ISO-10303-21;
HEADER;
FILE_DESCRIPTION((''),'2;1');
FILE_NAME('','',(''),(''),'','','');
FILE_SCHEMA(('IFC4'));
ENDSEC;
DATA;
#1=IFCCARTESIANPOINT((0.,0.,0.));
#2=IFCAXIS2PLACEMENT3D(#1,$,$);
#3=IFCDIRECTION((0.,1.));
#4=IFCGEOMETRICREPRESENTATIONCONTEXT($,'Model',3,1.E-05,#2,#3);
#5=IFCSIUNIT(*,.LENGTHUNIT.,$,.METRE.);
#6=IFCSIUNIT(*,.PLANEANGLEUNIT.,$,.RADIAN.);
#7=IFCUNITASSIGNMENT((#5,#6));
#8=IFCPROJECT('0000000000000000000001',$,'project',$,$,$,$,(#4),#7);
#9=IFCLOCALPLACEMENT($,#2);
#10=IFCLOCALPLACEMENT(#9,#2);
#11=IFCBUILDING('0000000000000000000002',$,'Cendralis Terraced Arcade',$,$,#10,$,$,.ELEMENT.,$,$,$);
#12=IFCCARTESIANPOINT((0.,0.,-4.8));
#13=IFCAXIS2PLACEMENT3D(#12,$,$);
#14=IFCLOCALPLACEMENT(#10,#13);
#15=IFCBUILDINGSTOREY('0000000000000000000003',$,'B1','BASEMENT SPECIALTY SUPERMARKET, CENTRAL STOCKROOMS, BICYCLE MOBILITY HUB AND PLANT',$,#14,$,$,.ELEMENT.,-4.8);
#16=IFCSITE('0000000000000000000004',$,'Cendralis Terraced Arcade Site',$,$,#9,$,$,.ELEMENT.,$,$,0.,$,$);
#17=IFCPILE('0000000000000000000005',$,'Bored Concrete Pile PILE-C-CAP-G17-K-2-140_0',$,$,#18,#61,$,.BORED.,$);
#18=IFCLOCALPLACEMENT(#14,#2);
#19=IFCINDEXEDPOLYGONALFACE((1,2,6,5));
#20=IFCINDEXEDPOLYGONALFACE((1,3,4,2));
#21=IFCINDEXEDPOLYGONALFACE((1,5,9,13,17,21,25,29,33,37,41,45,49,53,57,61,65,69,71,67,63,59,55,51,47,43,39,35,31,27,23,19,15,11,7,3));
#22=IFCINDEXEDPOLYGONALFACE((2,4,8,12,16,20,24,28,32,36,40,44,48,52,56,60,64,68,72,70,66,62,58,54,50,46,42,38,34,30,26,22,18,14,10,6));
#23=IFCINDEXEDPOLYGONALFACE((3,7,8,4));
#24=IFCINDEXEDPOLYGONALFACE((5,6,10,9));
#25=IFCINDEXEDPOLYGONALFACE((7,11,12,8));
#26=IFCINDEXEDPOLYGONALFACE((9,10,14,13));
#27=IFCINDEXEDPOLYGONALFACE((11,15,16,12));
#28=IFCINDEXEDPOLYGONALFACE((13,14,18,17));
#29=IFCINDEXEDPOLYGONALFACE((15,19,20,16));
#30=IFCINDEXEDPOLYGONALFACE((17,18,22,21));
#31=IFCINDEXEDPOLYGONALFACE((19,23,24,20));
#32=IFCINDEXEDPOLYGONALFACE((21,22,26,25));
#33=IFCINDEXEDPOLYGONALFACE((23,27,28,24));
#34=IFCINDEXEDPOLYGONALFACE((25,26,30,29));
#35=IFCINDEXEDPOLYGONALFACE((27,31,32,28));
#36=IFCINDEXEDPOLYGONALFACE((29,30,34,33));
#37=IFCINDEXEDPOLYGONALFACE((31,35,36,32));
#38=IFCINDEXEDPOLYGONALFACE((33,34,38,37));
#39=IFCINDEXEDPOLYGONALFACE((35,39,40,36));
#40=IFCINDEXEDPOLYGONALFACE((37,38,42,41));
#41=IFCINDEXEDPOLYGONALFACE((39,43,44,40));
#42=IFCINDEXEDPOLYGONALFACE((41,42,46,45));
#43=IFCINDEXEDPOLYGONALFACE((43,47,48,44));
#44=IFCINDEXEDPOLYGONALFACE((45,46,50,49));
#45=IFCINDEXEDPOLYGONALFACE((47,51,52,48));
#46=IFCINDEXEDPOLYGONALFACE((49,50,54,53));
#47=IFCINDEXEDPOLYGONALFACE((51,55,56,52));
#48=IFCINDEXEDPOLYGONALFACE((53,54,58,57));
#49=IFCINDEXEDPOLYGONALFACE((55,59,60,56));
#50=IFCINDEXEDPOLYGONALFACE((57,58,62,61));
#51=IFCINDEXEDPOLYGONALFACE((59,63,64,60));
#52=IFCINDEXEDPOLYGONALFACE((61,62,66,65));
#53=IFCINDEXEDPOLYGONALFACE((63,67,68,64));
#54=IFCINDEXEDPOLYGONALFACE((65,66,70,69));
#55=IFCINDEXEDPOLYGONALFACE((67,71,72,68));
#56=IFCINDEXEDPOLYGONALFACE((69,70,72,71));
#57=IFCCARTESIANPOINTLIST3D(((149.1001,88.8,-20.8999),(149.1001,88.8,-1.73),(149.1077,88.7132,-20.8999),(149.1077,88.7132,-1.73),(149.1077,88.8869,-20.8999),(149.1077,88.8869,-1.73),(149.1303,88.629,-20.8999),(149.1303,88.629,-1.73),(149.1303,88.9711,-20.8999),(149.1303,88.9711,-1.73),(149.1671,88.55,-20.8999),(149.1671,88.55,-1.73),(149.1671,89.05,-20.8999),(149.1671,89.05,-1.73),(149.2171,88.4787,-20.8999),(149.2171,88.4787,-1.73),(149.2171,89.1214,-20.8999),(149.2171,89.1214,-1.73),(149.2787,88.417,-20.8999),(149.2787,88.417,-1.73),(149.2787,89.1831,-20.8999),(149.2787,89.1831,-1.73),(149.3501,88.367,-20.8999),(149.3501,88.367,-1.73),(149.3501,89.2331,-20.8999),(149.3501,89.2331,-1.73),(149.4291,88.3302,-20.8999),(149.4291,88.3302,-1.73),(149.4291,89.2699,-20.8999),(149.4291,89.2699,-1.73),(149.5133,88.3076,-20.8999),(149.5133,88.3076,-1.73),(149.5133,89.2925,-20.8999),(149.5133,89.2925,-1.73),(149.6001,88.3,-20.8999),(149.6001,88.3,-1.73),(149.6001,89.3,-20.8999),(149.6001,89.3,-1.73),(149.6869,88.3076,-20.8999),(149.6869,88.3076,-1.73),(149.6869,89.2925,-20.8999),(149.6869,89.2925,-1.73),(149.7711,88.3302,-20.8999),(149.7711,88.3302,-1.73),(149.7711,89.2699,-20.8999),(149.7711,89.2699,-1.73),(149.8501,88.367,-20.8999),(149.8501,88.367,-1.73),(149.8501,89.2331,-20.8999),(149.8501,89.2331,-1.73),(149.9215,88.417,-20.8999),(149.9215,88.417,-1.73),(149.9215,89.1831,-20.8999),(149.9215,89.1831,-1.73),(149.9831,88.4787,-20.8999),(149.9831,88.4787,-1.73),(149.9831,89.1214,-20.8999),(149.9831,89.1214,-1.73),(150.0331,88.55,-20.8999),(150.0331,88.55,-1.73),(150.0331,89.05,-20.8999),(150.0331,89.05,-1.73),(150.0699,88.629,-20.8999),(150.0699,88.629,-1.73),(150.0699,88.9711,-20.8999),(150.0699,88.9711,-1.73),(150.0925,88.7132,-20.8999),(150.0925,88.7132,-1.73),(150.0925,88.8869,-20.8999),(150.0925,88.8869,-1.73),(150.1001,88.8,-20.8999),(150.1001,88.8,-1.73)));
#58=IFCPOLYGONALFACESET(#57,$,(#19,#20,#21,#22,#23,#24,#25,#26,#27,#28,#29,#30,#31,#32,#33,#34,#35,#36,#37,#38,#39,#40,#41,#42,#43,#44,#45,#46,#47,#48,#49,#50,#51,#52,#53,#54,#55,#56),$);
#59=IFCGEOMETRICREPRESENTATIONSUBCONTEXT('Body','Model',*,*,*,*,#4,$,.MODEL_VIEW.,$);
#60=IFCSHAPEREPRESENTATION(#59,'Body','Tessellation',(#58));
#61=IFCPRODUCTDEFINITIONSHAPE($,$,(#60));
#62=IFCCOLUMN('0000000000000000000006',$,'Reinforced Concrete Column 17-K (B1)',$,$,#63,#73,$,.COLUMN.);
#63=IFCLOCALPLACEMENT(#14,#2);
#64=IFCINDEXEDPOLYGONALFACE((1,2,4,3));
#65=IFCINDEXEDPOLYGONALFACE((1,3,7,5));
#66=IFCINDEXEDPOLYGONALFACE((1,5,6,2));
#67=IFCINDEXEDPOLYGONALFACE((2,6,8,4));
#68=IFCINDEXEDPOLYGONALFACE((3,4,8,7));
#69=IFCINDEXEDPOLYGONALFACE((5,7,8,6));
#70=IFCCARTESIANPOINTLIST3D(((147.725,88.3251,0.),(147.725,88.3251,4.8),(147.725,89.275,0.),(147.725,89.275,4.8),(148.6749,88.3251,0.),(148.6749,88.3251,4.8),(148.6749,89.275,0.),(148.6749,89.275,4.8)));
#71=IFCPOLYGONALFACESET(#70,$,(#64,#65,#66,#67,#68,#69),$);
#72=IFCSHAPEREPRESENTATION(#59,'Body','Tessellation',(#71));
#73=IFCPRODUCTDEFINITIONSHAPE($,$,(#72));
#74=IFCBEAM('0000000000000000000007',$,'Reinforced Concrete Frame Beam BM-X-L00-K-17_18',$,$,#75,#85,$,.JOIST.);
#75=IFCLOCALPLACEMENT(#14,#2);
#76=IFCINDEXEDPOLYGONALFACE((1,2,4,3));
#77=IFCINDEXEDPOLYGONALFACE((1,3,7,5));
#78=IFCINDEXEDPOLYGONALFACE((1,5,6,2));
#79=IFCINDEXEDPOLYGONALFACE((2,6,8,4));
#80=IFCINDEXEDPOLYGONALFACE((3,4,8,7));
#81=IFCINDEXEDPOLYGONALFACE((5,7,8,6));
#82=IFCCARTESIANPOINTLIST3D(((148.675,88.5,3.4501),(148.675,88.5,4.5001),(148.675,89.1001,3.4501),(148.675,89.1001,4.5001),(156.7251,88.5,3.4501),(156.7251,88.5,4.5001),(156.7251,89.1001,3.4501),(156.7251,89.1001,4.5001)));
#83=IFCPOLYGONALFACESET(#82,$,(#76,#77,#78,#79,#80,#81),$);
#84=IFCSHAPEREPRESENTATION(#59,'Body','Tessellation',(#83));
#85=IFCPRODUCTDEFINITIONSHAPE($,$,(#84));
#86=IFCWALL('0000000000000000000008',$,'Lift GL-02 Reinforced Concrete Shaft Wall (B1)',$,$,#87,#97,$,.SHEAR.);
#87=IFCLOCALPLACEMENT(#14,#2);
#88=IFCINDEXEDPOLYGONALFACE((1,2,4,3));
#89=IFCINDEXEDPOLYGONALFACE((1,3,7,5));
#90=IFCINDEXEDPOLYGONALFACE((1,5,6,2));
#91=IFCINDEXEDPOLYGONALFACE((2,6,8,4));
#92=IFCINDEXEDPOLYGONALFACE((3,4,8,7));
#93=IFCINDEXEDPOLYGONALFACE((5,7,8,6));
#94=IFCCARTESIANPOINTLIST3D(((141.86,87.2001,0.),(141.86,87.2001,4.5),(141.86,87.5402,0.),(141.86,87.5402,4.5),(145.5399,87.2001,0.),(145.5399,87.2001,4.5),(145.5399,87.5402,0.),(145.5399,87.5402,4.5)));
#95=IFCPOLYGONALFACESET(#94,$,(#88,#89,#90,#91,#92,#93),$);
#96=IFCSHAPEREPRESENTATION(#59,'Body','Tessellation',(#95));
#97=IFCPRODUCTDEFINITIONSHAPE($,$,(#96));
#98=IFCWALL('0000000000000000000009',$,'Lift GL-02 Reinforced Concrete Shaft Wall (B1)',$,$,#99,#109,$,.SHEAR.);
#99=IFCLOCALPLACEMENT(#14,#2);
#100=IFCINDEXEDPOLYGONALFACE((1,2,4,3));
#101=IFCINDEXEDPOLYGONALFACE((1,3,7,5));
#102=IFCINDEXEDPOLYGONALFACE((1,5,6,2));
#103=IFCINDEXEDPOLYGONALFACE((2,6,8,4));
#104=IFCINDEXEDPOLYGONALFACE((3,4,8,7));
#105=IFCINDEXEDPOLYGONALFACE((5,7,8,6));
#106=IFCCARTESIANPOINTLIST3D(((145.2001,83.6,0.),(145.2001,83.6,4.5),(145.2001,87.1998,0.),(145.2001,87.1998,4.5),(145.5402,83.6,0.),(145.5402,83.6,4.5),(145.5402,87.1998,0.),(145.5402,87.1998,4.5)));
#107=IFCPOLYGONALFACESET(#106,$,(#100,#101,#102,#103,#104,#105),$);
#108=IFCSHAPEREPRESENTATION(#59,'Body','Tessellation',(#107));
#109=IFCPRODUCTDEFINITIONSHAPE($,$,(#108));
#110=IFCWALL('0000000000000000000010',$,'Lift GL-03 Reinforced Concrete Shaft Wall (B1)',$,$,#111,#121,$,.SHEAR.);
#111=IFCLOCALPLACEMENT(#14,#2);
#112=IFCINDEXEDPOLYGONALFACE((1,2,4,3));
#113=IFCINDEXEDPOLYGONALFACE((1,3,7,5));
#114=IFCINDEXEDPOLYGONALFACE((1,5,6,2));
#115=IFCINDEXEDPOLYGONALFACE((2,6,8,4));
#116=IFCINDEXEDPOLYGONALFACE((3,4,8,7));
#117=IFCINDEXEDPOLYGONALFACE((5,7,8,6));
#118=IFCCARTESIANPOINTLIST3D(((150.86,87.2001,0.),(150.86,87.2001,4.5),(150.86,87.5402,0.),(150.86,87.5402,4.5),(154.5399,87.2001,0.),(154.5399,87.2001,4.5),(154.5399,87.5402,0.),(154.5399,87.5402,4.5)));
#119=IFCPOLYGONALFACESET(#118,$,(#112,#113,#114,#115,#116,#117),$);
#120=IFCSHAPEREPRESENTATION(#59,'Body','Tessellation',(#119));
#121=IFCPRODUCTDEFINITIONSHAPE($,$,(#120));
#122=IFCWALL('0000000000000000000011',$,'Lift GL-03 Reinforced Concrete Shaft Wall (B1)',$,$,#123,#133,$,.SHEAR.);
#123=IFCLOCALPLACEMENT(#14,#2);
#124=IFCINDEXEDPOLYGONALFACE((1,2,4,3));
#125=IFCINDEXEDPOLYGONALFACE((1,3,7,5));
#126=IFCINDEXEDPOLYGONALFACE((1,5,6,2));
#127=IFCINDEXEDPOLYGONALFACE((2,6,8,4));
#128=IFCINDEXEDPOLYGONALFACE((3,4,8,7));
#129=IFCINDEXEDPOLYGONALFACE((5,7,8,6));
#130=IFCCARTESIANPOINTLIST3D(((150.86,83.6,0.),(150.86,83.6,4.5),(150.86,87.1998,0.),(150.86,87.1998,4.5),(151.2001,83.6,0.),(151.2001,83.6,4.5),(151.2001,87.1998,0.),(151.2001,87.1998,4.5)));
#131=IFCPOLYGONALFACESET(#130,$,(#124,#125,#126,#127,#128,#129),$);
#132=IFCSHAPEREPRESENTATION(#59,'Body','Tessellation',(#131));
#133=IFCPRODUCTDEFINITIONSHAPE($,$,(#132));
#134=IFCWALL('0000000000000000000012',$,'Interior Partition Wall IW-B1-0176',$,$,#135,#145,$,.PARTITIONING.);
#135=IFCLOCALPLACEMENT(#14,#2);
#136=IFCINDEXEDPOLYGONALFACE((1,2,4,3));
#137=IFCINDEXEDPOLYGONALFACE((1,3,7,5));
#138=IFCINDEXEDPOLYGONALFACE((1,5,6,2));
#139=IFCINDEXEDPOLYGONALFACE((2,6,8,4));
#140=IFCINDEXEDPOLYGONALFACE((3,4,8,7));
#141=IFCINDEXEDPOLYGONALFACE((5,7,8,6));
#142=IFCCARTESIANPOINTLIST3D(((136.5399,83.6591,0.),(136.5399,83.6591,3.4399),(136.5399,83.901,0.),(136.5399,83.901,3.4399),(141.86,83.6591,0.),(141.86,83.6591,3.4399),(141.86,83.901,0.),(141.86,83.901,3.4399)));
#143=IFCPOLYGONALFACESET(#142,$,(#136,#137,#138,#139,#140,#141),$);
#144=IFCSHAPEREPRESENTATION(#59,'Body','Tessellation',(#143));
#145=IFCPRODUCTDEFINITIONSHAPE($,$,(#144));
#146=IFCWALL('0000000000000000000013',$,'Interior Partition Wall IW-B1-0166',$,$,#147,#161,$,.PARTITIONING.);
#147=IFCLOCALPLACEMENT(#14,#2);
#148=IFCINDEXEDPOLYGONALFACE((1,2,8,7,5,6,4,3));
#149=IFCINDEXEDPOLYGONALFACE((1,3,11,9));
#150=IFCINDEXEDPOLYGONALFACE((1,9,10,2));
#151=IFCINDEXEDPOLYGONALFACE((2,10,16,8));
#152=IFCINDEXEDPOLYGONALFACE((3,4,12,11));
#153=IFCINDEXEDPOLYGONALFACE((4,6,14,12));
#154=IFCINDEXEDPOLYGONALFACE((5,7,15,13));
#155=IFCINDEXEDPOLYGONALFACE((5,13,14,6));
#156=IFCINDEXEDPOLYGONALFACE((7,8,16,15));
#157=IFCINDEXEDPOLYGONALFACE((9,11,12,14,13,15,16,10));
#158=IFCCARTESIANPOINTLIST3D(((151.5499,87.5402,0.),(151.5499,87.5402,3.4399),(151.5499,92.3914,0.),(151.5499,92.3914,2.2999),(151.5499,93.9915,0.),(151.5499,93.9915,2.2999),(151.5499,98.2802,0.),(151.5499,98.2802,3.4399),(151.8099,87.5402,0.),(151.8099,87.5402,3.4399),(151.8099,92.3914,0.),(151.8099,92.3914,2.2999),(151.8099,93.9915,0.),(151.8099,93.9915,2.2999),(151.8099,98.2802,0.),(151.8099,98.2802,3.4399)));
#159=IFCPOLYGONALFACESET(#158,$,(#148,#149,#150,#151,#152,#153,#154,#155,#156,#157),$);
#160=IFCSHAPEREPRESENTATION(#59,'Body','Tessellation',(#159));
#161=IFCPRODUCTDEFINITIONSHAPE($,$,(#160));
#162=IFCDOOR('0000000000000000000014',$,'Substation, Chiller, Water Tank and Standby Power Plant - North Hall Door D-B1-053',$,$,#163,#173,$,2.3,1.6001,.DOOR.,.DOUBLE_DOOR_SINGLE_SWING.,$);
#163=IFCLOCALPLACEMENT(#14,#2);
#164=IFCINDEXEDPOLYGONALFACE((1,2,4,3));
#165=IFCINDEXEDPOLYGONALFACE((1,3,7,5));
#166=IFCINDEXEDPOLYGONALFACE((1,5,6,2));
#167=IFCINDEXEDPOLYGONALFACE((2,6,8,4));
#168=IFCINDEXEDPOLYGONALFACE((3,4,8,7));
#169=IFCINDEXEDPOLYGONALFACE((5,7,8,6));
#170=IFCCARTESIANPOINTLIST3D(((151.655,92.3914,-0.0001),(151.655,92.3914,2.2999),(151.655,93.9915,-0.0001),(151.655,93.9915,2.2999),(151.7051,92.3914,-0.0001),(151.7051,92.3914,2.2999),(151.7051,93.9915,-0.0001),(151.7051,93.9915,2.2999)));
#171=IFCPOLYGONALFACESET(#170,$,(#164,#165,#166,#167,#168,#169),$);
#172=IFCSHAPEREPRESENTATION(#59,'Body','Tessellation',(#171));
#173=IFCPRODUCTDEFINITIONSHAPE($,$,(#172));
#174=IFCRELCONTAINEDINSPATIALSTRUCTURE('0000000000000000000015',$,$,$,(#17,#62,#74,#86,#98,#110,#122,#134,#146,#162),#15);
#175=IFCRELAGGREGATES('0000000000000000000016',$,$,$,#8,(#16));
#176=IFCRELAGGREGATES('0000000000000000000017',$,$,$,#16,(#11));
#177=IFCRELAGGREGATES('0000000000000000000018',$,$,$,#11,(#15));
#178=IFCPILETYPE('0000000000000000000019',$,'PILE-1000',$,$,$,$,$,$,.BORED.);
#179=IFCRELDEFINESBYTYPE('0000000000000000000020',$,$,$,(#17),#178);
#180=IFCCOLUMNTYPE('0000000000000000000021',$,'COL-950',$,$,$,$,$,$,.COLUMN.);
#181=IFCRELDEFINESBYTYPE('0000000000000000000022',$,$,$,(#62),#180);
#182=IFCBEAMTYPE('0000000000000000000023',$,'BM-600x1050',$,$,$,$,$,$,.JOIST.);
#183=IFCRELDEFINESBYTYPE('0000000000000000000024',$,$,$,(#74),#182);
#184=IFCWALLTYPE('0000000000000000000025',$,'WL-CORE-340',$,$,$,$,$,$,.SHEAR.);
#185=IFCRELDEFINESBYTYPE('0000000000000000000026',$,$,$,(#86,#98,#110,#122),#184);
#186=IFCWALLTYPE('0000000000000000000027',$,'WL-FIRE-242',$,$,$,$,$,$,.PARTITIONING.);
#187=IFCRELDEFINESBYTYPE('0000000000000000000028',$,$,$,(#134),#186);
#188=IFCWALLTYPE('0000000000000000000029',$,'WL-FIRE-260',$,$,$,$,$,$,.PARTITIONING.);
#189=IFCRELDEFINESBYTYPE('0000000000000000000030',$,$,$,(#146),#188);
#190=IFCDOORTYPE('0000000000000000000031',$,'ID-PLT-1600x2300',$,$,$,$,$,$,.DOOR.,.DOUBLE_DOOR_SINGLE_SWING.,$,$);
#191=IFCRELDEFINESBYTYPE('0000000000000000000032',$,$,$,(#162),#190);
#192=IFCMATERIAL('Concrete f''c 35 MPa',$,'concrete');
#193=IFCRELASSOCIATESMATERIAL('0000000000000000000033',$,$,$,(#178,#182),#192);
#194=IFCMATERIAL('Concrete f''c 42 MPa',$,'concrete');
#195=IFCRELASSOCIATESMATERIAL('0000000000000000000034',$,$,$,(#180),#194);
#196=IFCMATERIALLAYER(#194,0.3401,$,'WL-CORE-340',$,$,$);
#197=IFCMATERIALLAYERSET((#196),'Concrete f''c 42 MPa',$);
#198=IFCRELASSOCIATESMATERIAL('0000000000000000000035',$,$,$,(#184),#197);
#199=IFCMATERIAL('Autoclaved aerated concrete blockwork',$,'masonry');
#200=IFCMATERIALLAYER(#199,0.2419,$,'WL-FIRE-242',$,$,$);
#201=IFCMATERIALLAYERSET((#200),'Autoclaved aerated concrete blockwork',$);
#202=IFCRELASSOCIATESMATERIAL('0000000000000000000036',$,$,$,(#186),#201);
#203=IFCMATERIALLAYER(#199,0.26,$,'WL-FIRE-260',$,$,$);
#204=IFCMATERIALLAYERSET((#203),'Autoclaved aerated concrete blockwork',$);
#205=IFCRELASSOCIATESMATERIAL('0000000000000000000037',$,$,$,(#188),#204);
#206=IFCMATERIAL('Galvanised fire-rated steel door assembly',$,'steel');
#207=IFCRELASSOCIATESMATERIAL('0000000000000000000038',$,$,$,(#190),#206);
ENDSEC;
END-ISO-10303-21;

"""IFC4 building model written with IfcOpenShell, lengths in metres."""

from ifc_helpers import new_model, si_unit, direction, frame, frame_2d, origin, origin_2d, place, context, subcontext, project, spatial, rectangle, circle, extrude, material, layer, layer_set, material_profile, profile_set, type_object, element, fill, save


model = new_model("IFC4")

# Units and contexts
model_context = context("Model", 3, precision=1e-05, world=origin(), true_north=direction((0.0, 1.0)))
body_context = subcontext(model_context, "Body", "Model", "MODEL_VIEW")
ifc_project = project(units=[si_unit("LENGTHUNIT", "METRE"), si_unit("PLANEANGLEUNIT", "RADIAN")], contexts=[model_context])

# Site, building, storey
site_placement = place(None, origin())
site = spatial("IfcSite", under=ifc_project, at=site_placement, Name="Cendralis Terraced Arcade Site", CompositionType="ELEMENT", RefElevation=0.0)
building_placement = place(site_placement, origin())
building = spatial("IfcBuilding", under=site, at=building_placement, Name="Cendralis Terraced Arcade", CompositionType="ELEMENT")
storey_placement = place(building_placement, frame((0.0, 0.0, -4.8)))
storey = spatial("IfcBuildingStorey", under=building, at=storey_placement, Name="B1", Description="BASEMENT SPECIALTY SUPERMARKET, CENTRAL STOCKROOMS, BICYCLE MOBILITY HUB AND PLANT", CompositionType="ELEMENT", Elevation=-4.8)

# Shared definitions
ifc_material_1 = material(Name="Concrete f'c 35 MPa", Category="concrete")

# Pile
ifc_material_profile_1 = material_profile(ifc_material_1, circle(Radius=0.5, at=origin_2d()), Name="PILE-D1000", Category="LoadBearing")
ifc_profile_set_1 = profile_set([ifc_material_profile_1], Name="Concrete f'c 35 MPa")
pile_type = type_object("IfcPileType", Name="PILE-1000", PredefinedType="BORED", material=ifc_profile_set_1)
for number, where, z_axis, x_axis, name in (
    (1, (149.6001, 88.8, -1.73), (0.0, 0.0, -1.0), (1.0, 0.0, 0.0), "Bored Concrete Pile PILE-C-CAP-G17-K-2-140_0"),
):
    element("IfcPile", number, at=place(storey_placement, frame(where, z_axis=z_axis, x_axis=x_axis)), inside=storey, type_object=pile_type, Name=name, PredefinedType="BORED", context=body_context, shape_type="SweptSolid", body=[
        extrude(circle(Radius=0.5, at=origin_2d()), origin(), (0.0, 0.0, 1.0), 19.1699),
    ])

# Column
ifc_material_2 = material(Name="Concrete f'c 42 MPa", Category="concrete")
ifc_material_profile_2 = material_profile(ifc_material_2, rectangle(XDim=0.95, YDim=0.95, at=origin_2d()), Name="RC-COL-950x950", Category="LoadBearing")
ifc_profile_set_2 = profile_set([ifc_material_profile_2], Name="Concrete f'c 42 MPa")
column_type = type_object("IfcColumnType", Name="COL-950", PredefinedType="COLUMN", material=ifc_profile_set_2)
column_placement = place(storey_placement, frame((148.2, 88.8, 0.0), z_axis=(0.0, 0.0, 1.0), x_axis=(1.0, 0.0, 0.0)))
element("IfcColumn", 2, at=column_placement, inside=storey, type_object=column_type, Name="Reinforced Concrete Column 17-K (B1)", PredefinedType="COLUMN", context=body_context, shape_type="SweptSolid", body=[
    extrude(rectangle(XDim=0.95, YDim=0.95, at=origin_2d()), origin(), (0.0, 0.0, 1.0), 4.8),
])

# Beam
ifc_material_profile_3 = material_profile(ifc_material_1, rectangle(XDim=0.6001, YDim=1.05, at=origin_2d()), Name="RC-BM-600x1050", Category="LoadBearing")
ifc_profile_set_3 = profile_set([ifc_material_profile_3], Name="Concrete f'c 35 MPa")
beam_type = type_object("IfcBeamType", Name="BM-600x1050", PredefinedType="JOIST", material=ifc_profile_set_3)
beam_placement = place(storey_placement, frame((148.675, 88.8, 3.9751), z_axis=(1.0, 0.0, 0.0), x_axis=(0.0, 1.0, 0.0)))
element("IfcBeam", 3, at=beam_placement, inside=storey, type_object=beam_type, Name="Reinforced Concrete Frame Beam BM-X-L00-K-17_18", PredefinedType="JOIST", context=body_context, shape_type="SweptSolid", body=[
    extrude(rectangle(XDim=0.6001, YDim=1.05, at=origin_2d()), origin(), (0.0, 0.0, 1.0), 8.05),
])

# Walls
ifc_layer_1 = layer(ifc_material_2, 0.3401, Name="WL-CORE-340")
ifc_layer_set_1 = layer_set([ifc_layer_1], Name="Concrete f'c 42 MPa")
wall_type_1 = type_object("IfcWallType", Name="WL-CORE-340", PredefinedType="SHEAR", material=ifc_layer_set_1)
wall_1_placement = place(storey_placement, frame((141.8601, 87.3701, 0.0), z_axis=(0.0, 0.0, 1.0), x_axis=(1.0, 0.0, 0.0)))
element("IfcWall", 4, at=wall_1_placement, inside=storey, type_object=wall_type_1, Name="Lift GL-02 Reinforced Concrete Shaft Wall (B1)", PredefinedType="SHEAR", context=body_context, shape_type="SweptSolid", body=[
    extrude(rectangle(XDim=3.6799, YDim=0.3401, at=frame_2d((1.8398, 0.0))), origin(), (0.0, 0.0, 1.0), 4.5),
])
wall_2_placement = place(storey_placement, frame((145.3701, 83.6001, 0.0), z_axis=(0.0, 0.0, 1.0), x_axis=(0.0, 1.0, 0.0)))
element("IfcWall", 5, at=wall_2_placement, inside=storey, type_object=wall_type_1, Name="Lift GL-02 Reinforced Concrete Shaft Wall (B1)", PredefinedType="SHEAR", context=body_context, shape_type="SweptSolid", body=[
    extrude(rectangle(XDim=3.5999, YDim=0.3401, at=frame_2d((1.7998, 0.0))), origin(), (0.0, 0.0, 1.0), 4.5),
])
wall_3_placement = place(storey_placement, frame((150.8601, 87.3701, 0.0), z_axis=(0.0, 0.0, 1.0), x_axis=(1.0, 0.0, 0.0)))
element("IfcWall", 6, at=wall_3_placement, inside=storey, type_object=wall_type_1, Name="Lift GL-03 Reinforced Concrete Shaft Wall (B1)", PredefinedType="SHEAR", context=body_context, shape_type="SweptSolid", body=[
    extrude(rectangle(XDim=3.6799, YDim=0.3401, at=frame_2d((1.8398, 0.0))), origin(), (0.0, 0.0, 1.0), 4.5),
])
wall_4_placement = place(storey_placement, frame((151.03, 83.6001, 0.0), z_axis=(0.0, 0.0, 1.0), x_axis=(0.0, 1.0, 0.0)))
element("IfcWall", 7, at=wall_4_placement, inside=storey, type_object=wall_type_1, Name="Lift GL-03 Reinforced Concrete Shaft Wall (B1)", PredefinedType="SHEAR", context=body_context, shape_type="SweptSolid", body=[
    extrude(rectangle(XDim=3.5999, YDim=0.3401, at=frame_2d((1.7998, 0.0))), origin(), (0.0, 0.0, 1.0), 4.5),
])
ifc_material_3 = material(Name="Autoclaved aerated concrete blockwork", Category="masonry")
ifc_layer_2 = layer(ifc_material_3, 0.2419, Name="WL-FIRE-242")
ifc_layer_set_2 = layer_set([ifc_layer_2], Name="Autoclaved aerated concrete blockwork")
wall_type_2 = type_object("IfcWallType", Name="WL-FIRE-242", PredefinedType="PARTITIONING", material=ifc_layer_set_2)
wall_5_placement = place(storey_placement, frame((141.8601, 83.78, 0.0), z_axis=(0.0, 0.0, 1.0), x_axis=(-1.0, 0.0, 0.0)))
element("IfcWall", 8, at=wall_5_placement, inside=storey, type_object=wall_type_2, Name="Interior Partition Wall IW-B1-0176", PredefinedType="PARTITIONING", context=body_context, shape_type="SweptSolid", body=[
    extrude(rectangle(XDim=5.3201, YDim=0.2419, at=frame_2d((2.6602, 0.0))), origin(), (0.0, 0.0, 1.0), 3.4399),
])

# Wall, opening, door
ifc_layer_3 = layer(ifc_material_3, 0.26, Name="WL-FIRE-260")
ifc_layer_set_3 = layer_set([ifc_layer_3], Name="Autoclaved aerated concrete blockwork")
wall_type_3 = type_object("IfcWallType", Name="WL-FIRE-260", PredefinedType="PARTITIONING", material=ifc_layer_set_3)
wall_6_placement = place(storey_placement, frame((151.6799, 87.54, 0.0), z_axis=(0.0, 0.0, 1.0), x_axis=(0.0, 1.0, 0.0)))
wall_6 = element("IfcWall", 9, at=wall_6_placement, inside=storey, type_object=wall_type_3, Name="Interior Partition Wall IW-B1-0166", PredefinedType="PARTITIONING", context=body_context, shape_type="SweptSolid", body=[
    extrude(rectangle(XDim=10.74, YDim=0.26, at=frame_2d((5.3701, 0.0))), origin(), (0.0, 0.0, 1.0), 3.4399),
])
opening_placement = place(wall_6_placement, frame((4.8513, 0.0, 0.0)))
opening = element("IfcOpeningElement", 10, at=opening_placement, cuts=wall_6, PredefinedType="OPENING", context=body_context, shape_type="SweptSolid", body=[
    extrude(rectangle(XDim=1.6001, YDim=2.3, at=frame_2d((0.8, 1.1499))), frame((0.0, 0.1421, 0.0), z_axis=(0.0, -1.0, 0.0), x_axis=(1.0, 0.0, 0.0)), (0.0, 0.0, 1.0), 0.2839),
])
ifc_material_4 = material(Name="Galvanised fire-rated steel door assembly", Category="steel")
door_type = type_object("IfcDoorType", Name="ID-PLT-1600x2300", OperationType="DOUBLE_DOOR_SINGLE_SWING", PredefinedType="DOOR", material=ifc_material_4)
door_placement = place(opening_placement, origin())
door = element("IfcDoor", 11, at=door_placement, inside=storey, type_object=door_type, Name="Substation, Chiller, Water Tank and Standby Power Plant - North Hall Door D-B1-053", OperationType="DOUBLE_DOOR_SINGLE_SWING", OverallHeight=2.3, OverallWidth=1.6001, PredefinedType="DOOR", context=body_context, shape_type="SweptSolid", body=[
    extrude(rectangle(XDim=1.6001, YDim=2.3, at=frame_2d((0.8, 1.1499))), frame((0.0, 0.0249, 0.0), z_axis=(0.0, -1.0, 0.0), x_axis=(1.0, 0.0, 0.0)), (0.0, 0.0, 1.0), 0.05),
])
fill(opening, door)

save(model, "model.ifc")
